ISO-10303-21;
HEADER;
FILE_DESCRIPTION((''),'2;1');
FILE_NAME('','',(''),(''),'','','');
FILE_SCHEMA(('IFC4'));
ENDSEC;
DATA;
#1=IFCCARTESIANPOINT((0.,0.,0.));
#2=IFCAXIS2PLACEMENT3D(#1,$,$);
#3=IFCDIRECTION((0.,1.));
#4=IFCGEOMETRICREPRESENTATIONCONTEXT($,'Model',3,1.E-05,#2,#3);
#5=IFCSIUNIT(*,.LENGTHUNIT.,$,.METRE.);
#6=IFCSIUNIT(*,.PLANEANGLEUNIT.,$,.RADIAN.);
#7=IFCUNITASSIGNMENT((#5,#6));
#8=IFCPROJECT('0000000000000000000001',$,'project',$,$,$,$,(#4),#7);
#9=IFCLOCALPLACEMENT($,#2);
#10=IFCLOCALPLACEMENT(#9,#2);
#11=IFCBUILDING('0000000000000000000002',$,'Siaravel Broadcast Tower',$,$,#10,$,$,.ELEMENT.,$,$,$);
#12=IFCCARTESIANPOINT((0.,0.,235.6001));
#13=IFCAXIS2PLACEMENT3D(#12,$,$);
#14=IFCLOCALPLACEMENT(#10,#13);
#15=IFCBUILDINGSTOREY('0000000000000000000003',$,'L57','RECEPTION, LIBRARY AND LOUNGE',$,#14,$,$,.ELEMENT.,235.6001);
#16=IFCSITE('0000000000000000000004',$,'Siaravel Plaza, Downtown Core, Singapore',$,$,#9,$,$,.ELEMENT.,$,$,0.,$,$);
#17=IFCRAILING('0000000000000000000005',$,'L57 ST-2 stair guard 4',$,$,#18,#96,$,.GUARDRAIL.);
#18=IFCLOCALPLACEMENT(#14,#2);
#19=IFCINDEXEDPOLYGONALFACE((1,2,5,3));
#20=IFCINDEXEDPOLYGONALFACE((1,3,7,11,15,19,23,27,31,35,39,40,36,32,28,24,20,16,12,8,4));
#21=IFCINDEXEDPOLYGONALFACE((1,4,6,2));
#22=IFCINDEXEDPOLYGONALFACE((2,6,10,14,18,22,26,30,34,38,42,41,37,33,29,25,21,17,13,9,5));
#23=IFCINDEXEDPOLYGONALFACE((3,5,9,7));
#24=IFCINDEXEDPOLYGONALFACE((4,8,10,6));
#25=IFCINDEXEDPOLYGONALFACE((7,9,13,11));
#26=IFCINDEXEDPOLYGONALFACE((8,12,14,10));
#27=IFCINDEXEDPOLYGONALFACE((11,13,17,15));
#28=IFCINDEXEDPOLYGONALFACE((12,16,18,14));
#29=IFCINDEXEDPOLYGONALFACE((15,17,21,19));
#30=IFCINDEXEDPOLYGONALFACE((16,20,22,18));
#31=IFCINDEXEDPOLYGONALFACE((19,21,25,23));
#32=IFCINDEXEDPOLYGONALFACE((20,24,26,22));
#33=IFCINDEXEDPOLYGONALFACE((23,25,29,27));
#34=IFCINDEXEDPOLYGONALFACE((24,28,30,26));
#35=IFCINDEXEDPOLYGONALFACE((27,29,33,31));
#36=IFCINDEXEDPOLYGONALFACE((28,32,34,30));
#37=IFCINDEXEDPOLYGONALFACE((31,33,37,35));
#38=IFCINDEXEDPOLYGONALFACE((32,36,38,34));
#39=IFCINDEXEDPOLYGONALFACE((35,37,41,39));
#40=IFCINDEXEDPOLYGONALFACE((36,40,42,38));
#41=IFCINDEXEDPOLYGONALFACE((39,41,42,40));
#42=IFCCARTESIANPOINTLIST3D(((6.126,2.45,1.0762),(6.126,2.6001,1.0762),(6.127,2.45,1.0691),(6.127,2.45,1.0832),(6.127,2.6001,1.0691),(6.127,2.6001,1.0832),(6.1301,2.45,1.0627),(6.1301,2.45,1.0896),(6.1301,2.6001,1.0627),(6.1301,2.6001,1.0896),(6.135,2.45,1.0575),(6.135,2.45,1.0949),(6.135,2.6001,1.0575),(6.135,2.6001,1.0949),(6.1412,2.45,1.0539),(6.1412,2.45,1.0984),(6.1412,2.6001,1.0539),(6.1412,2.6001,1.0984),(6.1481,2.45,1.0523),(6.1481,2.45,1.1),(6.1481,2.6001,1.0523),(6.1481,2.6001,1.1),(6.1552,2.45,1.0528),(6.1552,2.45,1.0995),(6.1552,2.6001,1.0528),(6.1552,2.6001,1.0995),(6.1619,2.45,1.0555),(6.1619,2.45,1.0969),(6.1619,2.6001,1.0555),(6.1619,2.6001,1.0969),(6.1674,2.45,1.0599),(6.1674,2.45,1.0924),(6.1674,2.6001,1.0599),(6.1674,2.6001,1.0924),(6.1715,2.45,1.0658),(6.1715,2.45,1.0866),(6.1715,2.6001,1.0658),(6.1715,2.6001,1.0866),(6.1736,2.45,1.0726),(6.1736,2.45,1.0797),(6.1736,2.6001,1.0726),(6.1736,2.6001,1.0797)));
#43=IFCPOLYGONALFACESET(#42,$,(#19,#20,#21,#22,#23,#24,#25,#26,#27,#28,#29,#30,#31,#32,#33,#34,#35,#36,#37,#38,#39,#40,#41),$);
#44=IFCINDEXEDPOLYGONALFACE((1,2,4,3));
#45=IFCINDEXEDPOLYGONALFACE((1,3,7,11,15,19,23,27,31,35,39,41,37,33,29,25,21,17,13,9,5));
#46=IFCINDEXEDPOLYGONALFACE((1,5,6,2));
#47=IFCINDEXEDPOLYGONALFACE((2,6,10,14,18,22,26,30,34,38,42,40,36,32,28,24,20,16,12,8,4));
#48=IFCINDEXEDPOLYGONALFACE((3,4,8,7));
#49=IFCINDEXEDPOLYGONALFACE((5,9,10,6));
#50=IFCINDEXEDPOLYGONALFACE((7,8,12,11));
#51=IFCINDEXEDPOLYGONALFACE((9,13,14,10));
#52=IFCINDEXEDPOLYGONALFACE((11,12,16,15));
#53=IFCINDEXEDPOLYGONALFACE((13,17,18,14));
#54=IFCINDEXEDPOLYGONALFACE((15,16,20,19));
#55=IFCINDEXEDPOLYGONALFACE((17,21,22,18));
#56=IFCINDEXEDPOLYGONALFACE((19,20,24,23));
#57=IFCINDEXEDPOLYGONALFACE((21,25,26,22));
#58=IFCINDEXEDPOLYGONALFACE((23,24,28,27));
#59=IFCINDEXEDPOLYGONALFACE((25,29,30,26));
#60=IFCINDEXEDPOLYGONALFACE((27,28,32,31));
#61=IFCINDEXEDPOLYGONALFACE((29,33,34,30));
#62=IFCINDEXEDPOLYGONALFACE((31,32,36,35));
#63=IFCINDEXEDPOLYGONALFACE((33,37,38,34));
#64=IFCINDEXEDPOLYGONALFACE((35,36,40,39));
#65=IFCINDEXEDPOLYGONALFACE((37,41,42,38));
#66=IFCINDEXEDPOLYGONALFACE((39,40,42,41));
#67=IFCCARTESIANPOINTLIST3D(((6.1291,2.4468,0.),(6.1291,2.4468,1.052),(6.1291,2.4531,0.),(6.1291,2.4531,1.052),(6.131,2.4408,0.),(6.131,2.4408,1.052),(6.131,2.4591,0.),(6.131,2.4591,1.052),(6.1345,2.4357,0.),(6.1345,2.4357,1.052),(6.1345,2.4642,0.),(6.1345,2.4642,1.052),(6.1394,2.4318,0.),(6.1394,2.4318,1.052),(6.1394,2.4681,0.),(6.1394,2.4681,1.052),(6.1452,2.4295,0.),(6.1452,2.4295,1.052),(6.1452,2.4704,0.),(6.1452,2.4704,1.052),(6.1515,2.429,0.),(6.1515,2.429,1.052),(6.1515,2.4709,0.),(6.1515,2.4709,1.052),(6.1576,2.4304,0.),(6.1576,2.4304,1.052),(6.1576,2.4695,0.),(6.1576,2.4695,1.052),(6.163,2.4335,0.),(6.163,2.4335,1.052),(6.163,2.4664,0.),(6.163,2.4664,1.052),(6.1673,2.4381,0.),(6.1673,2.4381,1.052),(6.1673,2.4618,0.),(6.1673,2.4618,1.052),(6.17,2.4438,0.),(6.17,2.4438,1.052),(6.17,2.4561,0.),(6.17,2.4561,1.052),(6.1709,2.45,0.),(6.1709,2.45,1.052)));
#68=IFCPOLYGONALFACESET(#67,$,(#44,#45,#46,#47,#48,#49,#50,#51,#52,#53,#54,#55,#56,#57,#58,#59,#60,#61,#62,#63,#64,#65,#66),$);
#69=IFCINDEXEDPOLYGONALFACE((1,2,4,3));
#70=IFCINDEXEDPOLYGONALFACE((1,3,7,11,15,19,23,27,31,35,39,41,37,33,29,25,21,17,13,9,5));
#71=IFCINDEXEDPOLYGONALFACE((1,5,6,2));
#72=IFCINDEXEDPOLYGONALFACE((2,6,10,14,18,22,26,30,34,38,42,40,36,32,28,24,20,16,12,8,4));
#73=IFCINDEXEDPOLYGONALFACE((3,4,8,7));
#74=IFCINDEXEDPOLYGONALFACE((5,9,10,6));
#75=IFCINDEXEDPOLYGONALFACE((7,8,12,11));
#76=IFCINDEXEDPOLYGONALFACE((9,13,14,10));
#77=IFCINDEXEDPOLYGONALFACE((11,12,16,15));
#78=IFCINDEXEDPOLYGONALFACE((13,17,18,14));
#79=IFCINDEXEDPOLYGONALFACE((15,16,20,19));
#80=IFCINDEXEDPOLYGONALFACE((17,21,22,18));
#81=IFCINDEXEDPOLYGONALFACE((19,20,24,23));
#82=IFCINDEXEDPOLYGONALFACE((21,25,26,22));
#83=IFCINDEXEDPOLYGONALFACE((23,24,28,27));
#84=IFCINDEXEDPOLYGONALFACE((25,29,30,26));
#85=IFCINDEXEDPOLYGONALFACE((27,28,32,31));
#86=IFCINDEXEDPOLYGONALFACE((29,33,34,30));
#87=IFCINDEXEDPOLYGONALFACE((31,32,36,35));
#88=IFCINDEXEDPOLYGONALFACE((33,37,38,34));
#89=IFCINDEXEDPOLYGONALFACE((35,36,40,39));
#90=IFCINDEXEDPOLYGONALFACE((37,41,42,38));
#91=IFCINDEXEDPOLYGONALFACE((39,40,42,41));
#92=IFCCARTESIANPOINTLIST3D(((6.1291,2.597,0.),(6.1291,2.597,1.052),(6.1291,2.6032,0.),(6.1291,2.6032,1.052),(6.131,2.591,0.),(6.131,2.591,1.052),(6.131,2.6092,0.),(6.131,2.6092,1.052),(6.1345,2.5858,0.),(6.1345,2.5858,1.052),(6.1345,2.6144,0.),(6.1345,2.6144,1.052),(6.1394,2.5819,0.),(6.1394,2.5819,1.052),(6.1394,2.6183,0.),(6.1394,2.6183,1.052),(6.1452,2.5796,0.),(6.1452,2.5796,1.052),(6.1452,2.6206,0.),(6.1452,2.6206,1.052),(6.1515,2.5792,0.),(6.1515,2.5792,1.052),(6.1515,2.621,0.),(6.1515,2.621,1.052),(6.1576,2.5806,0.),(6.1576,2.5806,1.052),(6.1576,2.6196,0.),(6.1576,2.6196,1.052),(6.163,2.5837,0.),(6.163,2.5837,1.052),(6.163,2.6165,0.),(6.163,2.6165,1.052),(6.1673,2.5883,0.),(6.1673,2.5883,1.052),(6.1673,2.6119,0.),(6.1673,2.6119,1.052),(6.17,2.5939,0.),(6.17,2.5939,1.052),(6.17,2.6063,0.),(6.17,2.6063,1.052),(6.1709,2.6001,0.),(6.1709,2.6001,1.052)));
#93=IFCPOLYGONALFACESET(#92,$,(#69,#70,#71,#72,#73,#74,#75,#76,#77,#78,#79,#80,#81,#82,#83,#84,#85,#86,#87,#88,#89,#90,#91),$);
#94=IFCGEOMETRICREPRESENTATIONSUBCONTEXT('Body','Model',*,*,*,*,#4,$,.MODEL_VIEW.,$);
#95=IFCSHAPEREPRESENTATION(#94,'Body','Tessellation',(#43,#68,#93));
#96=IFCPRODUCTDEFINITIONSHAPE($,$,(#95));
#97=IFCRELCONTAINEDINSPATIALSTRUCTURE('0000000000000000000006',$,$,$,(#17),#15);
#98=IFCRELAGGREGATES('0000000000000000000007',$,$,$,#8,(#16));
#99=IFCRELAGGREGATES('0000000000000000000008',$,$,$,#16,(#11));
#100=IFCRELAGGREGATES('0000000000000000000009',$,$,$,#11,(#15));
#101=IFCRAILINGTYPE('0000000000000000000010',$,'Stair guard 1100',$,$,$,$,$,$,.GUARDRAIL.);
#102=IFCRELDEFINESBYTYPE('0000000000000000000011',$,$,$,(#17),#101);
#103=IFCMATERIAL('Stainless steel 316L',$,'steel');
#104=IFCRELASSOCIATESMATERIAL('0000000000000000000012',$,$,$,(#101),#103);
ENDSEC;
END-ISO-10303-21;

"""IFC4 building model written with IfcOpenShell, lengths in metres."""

from ifc_helpers import new_model, si_unit, direction, frame, origin, origin_2d, place, context, subcontext, project, spatial, circle, extrude, material, type_object, element, save


model = new_model("IFC4")

# Units and contexts
model_context = context("Model", 3, precision=1e-05, world=origin(), true_north=direction((0.0, 1.0)))
body_context = subcontext(model_context, "Body", "Model", "MODEL_VIEW")
ifc_project = project(units=[si_unit("LENGTHUNIT", "METRE"), si_unit("PLANEANGLEUNIT", "RADIAN")], contexts=[model_context])

# Site, building, storey
site_placement = place(None, origin())
site = spatial("IfcSite", under=ifc_project, at=site_placement, Name="Siaravel Plaza, Downtown Core, Singapore", CompositionType="ELEMENT", RefElevation=0.0)
building_placement = place(site_placement, origin())
building = spatial("IfcBuilding", under=site, at=building_placement, Name="Siaravel Broadcast Tower", CompositionType="ELEMENT")
storey_placement = place(building_placement, frame((0.0, 0.0, 235.6001)))
storey = spatial("IfcBuildingStorey", under=building, at=storey_placement, Name="L57", Description="RECEPTION, LIBRARY AND LOUNGE", CompositionType="ELEMENT", Elevation=235.6001)

# Railing
ifc_material_1 = material(Name="Stainless steel 316L", Category="steel")
railing_type_1 = type_object("IfcRailingType", Name="Stair guard 1100", PredefinedType="GUARDRAIL", material=ifc_material_1)
railing_1_placement = place(storey_placement, frame((6.1499, 2.45, 0.0)))
element("IfcRailing", 1, at=railing_1_placement, inside=storey, type_object=railing_type_1, Name="L57 ST-2 stair guard 4", PredefinedType="GUARDRAIL", context=body_context, shape_type="SweptSolid", body=[
    extrude(circle(Radius=0.0239, at=origin_2d()), frame((0.0, 0.0, 1.0762), z_axis=(0.0, 1.0, 0.0), x_axis=(-1.0, 0.0, 0.0)), (0.0, 0.0, 1.0), 0.1501),
    extrude(circle(Radius=0.021, at=origin_2d()), origin(), (0.0, 0.0, 1.0), 1.052),
    extrude(circle(Radius=0.021, at=origin_2d()), frame((0.0, 0.1501, 0.0)), (0.0, 0.0, 1.0), 1.052),
])

save(model, "model.ifc")
